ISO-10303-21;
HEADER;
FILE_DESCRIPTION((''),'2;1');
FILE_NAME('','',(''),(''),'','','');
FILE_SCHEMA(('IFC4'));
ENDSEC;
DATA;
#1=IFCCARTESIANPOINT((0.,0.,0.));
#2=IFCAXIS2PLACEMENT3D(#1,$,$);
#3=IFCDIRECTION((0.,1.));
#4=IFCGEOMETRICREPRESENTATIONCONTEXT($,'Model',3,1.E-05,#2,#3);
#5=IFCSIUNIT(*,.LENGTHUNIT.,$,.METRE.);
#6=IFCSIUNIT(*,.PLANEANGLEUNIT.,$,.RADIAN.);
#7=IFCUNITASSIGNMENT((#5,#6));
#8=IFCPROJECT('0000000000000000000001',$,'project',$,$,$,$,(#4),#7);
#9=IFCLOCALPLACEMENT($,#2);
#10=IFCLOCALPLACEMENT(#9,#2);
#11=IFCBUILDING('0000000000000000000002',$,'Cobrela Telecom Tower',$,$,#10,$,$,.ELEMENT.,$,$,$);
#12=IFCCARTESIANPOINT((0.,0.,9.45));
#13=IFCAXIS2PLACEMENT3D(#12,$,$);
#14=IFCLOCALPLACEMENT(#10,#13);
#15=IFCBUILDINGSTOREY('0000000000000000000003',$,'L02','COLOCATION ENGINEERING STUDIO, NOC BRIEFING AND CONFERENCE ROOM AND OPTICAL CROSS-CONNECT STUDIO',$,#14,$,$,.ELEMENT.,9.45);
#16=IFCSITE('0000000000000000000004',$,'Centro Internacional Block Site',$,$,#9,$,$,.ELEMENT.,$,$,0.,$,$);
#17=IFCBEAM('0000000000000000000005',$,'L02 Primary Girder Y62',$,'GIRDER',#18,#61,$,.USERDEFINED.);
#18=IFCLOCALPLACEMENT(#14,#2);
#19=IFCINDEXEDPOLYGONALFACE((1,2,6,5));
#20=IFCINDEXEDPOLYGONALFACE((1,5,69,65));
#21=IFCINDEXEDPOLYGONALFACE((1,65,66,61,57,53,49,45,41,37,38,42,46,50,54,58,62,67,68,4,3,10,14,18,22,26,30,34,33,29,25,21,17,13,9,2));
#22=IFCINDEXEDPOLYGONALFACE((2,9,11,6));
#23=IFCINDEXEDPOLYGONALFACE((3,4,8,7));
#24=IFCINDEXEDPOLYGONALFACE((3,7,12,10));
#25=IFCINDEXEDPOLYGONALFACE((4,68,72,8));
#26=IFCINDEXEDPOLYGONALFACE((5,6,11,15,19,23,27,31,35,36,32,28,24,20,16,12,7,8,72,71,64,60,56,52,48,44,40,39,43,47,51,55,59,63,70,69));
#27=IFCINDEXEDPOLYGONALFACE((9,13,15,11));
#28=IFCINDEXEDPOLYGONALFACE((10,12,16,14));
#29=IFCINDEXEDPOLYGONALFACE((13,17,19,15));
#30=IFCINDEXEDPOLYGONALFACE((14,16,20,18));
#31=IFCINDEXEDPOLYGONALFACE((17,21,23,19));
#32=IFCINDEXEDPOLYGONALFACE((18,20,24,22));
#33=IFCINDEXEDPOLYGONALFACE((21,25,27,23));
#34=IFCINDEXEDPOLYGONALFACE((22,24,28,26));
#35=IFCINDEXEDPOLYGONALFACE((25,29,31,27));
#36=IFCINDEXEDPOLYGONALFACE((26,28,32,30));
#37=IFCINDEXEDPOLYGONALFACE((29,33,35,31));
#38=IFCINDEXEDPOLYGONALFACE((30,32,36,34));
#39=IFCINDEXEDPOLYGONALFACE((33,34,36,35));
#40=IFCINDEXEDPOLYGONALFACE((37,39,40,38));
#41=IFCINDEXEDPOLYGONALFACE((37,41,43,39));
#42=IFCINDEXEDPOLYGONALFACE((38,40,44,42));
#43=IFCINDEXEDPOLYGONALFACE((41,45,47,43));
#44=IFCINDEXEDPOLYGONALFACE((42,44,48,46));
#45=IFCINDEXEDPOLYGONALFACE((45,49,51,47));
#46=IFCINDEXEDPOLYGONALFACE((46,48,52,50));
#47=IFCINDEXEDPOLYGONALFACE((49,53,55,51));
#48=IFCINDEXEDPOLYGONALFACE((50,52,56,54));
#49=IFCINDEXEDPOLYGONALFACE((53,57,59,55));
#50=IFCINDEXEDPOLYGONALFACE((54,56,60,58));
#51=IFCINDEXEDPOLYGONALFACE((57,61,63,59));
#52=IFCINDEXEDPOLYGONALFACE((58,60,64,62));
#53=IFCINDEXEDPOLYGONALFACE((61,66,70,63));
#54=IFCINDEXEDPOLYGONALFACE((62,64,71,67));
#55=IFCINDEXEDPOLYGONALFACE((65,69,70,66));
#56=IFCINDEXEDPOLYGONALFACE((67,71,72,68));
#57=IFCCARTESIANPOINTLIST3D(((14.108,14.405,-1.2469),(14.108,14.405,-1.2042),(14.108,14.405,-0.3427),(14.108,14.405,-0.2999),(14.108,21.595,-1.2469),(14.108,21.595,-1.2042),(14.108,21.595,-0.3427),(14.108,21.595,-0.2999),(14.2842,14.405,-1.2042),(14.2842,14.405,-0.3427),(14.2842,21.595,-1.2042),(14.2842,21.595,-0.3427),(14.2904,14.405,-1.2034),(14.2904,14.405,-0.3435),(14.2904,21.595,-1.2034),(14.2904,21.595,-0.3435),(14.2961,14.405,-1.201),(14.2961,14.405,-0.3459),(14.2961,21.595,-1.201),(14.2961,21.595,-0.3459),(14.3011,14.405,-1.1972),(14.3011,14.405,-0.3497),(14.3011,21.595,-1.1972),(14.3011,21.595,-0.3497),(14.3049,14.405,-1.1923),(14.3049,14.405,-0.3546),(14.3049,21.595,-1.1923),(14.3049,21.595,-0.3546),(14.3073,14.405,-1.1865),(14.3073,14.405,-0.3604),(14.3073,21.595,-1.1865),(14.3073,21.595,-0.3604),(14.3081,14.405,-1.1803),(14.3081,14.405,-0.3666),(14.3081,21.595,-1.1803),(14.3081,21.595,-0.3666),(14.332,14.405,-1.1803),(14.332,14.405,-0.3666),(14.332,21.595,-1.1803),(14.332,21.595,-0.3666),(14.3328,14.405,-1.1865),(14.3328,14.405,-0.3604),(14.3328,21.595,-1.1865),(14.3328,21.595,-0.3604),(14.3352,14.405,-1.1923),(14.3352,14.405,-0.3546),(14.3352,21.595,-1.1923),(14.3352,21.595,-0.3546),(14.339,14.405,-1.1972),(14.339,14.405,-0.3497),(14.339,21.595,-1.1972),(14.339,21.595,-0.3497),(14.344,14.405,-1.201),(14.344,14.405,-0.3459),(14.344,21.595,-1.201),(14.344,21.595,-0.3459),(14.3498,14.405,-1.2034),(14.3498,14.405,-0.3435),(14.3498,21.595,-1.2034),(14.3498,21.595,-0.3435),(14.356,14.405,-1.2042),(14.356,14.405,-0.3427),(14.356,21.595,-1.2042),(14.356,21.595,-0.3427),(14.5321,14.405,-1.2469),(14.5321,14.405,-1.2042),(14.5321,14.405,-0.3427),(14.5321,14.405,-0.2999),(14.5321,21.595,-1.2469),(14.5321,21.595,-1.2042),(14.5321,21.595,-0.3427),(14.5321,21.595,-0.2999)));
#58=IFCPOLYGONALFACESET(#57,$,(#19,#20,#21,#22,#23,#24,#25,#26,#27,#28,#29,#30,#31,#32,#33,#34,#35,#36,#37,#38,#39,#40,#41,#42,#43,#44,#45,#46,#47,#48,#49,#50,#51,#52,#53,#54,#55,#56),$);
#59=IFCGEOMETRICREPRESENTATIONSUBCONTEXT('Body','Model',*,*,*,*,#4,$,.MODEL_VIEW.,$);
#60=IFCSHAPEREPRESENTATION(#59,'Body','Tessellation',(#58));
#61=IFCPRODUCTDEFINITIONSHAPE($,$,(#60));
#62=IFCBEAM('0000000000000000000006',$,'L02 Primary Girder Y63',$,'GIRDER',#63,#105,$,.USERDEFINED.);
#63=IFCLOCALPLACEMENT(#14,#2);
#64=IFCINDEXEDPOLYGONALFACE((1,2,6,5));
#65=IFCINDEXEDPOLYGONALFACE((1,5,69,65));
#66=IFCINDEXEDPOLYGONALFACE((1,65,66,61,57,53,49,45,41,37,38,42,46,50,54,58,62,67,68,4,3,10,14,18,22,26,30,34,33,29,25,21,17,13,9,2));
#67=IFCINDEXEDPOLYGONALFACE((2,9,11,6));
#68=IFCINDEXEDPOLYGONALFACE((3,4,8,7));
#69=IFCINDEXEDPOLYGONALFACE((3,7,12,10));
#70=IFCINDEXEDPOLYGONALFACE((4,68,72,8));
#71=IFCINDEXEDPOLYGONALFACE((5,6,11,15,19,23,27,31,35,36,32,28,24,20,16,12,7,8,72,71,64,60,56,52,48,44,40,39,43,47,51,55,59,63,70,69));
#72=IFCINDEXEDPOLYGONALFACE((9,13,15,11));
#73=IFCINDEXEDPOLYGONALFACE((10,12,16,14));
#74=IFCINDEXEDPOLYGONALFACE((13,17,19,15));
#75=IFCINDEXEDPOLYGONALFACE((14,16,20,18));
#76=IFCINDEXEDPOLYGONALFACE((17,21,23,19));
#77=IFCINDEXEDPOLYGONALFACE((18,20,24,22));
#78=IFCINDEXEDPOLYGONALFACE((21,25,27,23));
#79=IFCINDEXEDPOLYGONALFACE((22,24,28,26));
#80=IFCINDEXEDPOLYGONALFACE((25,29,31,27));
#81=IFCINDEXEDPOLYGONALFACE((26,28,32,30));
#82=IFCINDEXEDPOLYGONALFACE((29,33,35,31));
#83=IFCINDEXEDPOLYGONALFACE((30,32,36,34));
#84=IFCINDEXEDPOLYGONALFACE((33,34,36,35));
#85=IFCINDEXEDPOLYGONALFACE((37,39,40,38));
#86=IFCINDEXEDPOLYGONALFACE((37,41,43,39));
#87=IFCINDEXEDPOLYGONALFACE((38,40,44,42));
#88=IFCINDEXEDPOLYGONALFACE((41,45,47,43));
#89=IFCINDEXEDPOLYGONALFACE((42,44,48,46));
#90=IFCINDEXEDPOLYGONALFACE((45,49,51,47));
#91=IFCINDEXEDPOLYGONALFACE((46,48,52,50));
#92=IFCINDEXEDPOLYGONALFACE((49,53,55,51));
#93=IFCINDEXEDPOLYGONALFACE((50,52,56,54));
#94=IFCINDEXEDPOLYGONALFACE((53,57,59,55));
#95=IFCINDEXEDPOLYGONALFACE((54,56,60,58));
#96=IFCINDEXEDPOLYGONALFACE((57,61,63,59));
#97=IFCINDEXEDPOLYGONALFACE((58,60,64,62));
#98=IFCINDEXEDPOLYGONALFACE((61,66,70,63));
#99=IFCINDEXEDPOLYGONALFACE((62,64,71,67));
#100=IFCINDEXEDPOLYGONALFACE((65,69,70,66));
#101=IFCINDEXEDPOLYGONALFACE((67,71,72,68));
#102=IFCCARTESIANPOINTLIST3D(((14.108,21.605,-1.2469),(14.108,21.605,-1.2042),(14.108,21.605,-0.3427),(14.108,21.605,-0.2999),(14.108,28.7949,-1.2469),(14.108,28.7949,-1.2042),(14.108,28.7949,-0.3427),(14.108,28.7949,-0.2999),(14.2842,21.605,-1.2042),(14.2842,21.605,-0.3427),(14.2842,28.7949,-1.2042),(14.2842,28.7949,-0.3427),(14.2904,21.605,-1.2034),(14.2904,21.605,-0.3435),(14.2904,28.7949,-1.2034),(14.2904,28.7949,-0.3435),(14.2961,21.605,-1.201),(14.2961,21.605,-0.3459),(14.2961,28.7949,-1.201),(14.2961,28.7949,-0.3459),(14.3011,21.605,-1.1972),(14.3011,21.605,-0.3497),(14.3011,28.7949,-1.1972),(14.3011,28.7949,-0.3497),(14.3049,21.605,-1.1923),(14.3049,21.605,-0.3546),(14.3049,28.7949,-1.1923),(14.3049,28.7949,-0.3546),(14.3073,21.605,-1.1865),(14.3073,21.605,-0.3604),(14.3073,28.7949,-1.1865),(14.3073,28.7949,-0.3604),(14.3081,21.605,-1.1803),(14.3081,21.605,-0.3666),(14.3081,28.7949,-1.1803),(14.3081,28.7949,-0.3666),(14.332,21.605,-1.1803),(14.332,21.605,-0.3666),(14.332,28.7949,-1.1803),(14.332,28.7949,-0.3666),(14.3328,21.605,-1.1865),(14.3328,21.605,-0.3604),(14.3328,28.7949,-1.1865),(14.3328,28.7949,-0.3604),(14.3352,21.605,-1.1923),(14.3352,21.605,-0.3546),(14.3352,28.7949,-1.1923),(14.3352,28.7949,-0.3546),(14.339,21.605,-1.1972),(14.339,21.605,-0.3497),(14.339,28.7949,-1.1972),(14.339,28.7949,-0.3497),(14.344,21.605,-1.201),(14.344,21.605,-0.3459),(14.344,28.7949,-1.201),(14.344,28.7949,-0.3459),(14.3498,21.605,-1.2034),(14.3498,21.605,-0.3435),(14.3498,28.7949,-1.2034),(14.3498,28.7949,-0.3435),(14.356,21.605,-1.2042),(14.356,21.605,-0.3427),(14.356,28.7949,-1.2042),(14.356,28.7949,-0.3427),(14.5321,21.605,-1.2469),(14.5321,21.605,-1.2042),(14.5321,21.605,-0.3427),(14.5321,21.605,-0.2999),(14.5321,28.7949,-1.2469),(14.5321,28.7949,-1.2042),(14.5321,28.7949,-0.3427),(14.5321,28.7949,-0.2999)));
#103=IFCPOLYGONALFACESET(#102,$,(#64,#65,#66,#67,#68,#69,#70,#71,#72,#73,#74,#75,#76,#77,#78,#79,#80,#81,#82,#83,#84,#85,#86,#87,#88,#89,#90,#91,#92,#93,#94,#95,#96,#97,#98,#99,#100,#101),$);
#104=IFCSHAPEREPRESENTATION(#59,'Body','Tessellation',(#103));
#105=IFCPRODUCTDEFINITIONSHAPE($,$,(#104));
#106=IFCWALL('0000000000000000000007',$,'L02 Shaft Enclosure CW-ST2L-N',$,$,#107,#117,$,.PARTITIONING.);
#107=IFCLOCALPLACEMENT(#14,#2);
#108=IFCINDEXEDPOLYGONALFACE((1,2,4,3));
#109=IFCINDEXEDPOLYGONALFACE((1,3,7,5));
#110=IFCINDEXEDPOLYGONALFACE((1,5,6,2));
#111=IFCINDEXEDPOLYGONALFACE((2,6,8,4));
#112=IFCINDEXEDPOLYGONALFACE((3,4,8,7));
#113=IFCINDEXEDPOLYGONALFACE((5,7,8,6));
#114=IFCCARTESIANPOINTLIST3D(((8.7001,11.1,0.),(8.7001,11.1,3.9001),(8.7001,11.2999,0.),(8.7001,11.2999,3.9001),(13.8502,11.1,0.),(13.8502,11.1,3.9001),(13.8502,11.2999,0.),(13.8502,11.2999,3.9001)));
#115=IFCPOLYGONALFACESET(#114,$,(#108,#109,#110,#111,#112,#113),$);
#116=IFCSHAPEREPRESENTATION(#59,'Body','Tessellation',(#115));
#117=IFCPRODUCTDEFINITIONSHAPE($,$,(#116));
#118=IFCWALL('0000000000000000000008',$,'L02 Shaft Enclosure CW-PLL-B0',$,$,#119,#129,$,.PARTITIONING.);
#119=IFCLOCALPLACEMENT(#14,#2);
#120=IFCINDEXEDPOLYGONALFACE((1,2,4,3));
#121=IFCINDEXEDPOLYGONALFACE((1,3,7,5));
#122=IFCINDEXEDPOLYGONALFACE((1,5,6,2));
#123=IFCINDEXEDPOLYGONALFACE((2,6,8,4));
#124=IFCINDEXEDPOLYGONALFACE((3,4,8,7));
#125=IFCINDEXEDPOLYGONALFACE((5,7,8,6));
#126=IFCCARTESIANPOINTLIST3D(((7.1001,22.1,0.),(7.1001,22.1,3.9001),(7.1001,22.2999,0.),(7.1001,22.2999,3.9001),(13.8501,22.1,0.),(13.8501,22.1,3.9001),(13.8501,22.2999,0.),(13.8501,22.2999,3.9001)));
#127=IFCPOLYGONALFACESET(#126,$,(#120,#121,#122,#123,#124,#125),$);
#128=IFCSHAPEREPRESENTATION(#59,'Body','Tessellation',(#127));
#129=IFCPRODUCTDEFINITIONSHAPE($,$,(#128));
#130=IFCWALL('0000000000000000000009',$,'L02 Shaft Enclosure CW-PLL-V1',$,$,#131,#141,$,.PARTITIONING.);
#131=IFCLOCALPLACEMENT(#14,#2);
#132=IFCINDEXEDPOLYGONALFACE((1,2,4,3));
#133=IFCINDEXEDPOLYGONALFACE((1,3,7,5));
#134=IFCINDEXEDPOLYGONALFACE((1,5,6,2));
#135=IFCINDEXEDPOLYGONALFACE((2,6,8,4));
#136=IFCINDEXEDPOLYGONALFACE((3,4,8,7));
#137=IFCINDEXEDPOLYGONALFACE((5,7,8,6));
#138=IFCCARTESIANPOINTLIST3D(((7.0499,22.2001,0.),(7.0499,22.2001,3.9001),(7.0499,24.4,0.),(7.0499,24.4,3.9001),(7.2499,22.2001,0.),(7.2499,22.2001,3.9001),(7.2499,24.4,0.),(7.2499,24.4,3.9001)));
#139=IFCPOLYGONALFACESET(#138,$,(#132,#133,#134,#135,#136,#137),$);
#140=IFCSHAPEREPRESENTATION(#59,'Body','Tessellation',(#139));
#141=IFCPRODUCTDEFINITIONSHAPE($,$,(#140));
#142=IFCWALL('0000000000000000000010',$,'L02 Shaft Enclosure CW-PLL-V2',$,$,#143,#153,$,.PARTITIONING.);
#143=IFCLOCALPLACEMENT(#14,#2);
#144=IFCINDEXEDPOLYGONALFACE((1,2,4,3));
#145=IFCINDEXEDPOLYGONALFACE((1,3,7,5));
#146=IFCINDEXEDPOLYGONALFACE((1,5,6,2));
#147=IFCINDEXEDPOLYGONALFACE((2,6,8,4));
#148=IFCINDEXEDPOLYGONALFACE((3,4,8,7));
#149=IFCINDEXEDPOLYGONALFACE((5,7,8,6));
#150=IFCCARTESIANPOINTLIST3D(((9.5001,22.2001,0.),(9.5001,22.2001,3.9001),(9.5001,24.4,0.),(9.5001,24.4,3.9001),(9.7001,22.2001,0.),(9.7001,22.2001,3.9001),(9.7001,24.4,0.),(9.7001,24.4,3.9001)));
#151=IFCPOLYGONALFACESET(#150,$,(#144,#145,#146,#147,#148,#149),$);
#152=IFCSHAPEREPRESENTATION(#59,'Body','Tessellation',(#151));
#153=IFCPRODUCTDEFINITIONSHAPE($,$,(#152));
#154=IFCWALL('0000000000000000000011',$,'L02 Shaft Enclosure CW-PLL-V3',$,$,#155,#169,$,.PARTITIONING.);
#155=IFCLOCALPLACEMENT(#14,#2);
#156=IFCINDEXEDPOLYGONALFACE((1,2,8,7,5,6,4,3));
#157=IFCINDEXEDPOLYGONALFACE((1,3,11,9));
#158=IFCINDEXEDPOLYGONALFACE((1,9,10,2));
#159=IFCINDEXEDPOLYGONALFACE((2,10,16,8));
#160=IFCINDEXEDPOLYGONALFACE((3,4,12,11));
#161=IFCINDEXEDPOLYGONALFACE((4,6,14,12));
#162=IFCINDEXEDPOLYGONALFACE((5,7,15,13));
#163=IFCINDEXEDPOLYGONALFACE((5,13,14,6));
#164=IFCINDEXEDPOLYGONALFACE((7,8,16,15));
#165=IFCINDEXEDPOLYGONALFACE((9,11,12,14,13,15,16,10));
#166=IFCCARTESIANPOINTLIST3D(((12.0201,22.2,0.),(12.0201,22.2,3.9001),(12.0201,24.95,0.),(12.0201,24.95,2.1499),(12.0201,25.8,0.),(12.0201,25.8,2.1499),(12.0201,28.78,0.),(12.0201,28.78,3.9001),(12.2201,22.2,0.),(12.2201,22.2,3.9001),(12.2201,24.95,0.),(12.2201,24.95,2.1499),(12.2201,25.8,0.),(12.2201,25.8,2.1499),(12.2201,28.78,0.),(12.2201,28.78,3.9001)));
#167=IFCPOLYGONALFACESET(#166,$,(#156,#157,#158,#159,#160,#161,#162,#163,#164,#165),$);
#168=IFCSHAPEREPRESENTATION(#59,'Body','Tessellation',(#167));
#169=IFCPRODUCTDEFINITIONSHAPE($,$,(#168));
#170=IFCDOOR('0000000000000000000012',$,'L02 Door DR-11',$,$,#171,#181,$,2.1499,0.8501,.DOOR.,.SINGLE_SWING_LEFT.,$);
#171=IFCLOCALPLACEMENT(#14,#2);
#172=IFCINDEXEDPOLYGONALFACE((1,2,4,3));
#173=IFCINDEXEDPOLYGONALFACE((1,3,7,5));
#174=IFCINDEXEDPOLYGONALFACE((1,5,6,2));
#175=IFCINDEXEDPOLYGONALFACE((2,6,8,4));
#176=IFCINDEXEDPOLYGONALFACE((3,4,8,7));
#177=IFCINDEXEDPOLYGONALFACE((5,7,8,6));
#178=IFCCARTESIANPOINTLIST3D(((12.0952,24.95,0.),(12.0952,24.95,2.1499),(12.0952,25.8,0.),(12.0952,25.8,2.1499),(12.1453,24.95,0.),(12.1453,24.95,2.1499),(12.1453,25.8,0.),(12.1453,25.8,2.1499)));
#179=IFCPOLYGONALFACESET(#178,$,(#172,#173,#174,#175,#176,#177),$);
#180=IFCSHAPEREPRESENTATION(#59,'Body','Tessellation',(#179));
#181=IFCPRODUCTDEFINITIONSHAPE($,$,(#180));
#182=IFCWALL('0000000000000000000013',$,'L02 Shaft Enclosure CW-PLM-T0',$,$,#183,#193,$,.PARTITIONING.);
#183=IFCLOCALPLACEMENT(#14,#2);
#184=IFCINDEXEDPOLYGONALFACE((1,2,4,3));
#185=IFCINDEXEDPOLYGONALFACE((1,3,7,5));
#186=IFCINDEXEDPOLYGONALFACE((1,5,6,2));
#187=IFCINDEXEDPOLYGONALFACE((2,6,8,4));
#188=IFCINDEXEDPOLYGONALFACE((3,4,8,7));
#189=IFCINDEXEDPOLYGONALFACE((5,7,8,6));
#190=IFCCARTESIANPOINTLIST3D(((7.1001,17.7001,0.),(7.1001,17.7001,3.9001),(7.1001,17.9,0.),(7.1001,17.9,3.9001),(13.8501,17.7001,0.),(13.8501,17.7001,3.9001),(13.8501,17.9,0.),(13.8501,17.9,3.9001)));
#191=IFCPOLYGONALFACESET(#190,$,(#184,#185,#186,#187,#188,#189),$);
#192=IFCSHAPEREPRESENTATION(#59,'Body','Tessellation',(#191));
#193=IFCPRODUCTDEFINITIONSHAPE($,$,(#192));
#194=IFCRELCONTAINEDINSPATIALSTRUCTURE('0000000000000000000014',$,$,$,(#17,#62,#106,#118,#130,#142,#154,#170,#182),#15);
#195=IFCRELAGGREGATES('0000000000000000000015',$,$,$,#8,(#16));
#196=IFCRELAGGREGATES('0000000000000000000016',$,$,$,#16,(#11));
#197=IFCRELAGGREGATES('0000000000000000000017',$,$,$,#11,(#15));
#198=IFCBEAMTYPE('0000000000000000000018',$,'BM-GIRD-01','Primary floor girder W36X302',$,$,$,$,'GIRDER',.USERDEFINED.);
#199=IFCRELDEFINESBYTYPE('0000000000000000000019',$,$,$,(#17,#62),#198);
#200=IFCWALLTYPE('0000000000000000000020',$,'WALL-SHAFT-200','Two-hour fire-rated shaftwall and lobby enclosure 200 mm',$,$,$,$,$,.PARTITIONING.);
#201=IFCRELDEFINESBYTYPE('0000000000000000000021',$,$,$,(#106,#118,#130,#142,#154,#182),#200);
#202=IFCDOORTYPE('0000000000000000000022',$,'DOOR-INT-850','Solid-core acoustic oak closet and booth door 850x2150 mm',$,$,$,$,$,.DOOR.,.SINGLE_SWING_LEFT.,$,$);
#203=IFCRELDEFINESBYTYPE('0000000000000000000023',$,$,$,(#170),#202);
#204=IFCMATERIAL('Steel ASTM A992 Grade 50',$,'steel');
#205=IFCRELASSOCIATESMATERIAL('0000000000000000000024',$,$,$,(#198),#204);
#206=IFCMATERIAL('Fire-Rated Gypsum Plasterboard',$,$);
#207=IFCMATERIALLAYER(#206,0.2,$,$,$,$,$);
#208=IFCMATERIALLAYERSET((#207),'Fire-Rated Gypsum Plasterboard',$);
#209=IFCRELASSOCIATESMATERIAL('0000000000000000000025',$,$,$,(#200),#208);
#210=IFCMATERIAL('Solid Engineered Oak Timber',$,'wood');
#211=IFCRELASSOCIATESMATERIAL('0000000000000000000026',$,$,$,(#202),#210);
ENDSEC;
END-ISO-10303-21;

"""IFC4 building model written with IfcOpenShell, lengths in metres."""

from ifc_helpers import new_model, si_unit, direction, frame, frame_2d, origin, origin_2d, place, context, subcontext, project, spatial, rectangle, i_section, extrude, material, layer, layer_set, material_profile, profile_set, type_object, element, fill, save


model = new_model("IFC4")

# Units and contexts
model_context = context("Model", 3, precision=1e-05, world=origin(), true_north=direction((0.0, 1.0)))
body_context = subcontext(model_context, "Body", "Model", "MODEL_VIEW")
ifc_project = project(units=[si_unit("LENGTHUNIT", "METRE"), si_unit("PLANEANGLEUNIT", "RADIAN")], contexts=[model_context])

# Site, building, storey
site_placement = place(None, origin())
site = spatial("IfcSite", under=ifc_project, at=site_placement, Name="Centro Internacional Block Site", CompositionType="ELEMENT", RefElevation=0.0)
building_placement = place(site_placement, origin())
building = spatial("IfcBuilding", under=site, at=building_placement, Name="Cobrela Telecom Tower", CompositionType="ELEMENT")
storey_placement = place(building_placement, frame((0.0, 0.0, 9.45)))
storey = spatial("IfcBuildingStorey", under=building, at=storey_placement, Name="L02", Description="COLOCATION ENGINEERING STUDIO, NOC BRIEFING AND CONFERENCE ROOM AND OPTICAL CROSS-CONNECT STUDIO", CompositionType="ELEMENT", Elevation=9.45)

# Beams
ifc_material_1 = material(Name="Steel ASTM A992 Grade 50", Category="steel")
ifc_material_profile = material_profile(ifc_material_1, i_section(OverallWidth=0.4241, OverallDepth=0.947, WebThickness=0.0239, FlangeThickness=0.0427, FilletRadius=0.0239, at=origin_2d()), Name="W36X302")
ifc_profile_set = profile_set([ifc_material_profile], Name="Steel ASTM A992 Grade 50")
beam_type = type_object("IfcBeamType", Name="BM-GIRD-01", Description="Primary floor girder W36X302", ElementType="GIRDER", PredefinedType="USERDEFINED", material=ifc_profile_set)
for number, where, z_axis, x_axis, name in (
    (1, (14.3201, 14.405, -0.7734), (0.0, 1.0, 0.0), (-1.0, 0.0, 0.0), "L02 Primary Girder Y62"),
    (2, (14.3201, 21.605, -0.7734), (0.0, 1.0, 0.0), (-1.0, 0.0, 0.0), "L02 Primary Girder Y63"),
):
    element("IfcBeam", number, at=place(storey_placement, frame(where, z_axis=z_axis, x_axis=x_axis)), inside=storey, type_object=beam_type, Name=name, ObjectType="GIRDER", PredefinedType="USERDEFINED", context=body_context, shape_type="SweptSolid", body=[
        extrude(i_section(OverallWidth=0.4241, OverallDepth=0.947, WebThickness=0.0239, FlangeThickness=0.0427, FilletRadius=0.0239, at=origin_2d()), origin(), (0.0, 0.0, 1.0), 7.1899),
    ])

# Walls
ifc_material_2 = material(Name="Fire-Rated Gypsum Plasterboard")
ifc_layer = layer(ifc_material_2, 0.2)
ifc_layer_set = layer_set([ifc_layer], Name="Fire-Rated Gypsum Plasterboard")
wall_type = type_object("IfcWallType", Name="WALL-SHAFT-200", Description="Two-hour fire-rated shaftwall and lobby enclosure 200 mm", PredefinedType="PARTITIONING", material=ifc_layer_set)
wall_1_placement = place(storey_placement, frame((8.7, 11.2, 0.0), z_axis=(0.0, 0.0, 1.0), x_axis=(1.0, 0.0, 0.0)))
element("IfcWall", 3, at=wall_1_placement, inside=storey, type_object=wall_type, Name="L02 Shaft Enclosure CW-ST2L-N", PredefinedType="PARTITIONING", context=body_context, shape_type="SweptSolid", body=[
    extrude(rectangle(XDim=5.1501, YDim=0.2, at=frame_2d((2.5752, 0.0))), origin(), (0.0, 0.0, 1.0), 3.9001),
])
wall_2_placement = place(storey_placement, frame((7.1001, 22.2, 0.0), z_axis=(0.0, 0.0, 1.0), x_axis=(1.0, 0.0, 0.0)))
element("IfcWall", 4, at=wall_2_placement, inside=storey, type_object=wall_type, Name="L02 Shaft Enclosure CW-PLL-B0", PredefinedType="PARTITIONING", context=body_context, shape_type="SweptSolid", body=[
    extrude(rectangle(XDim=6.75, YDim=0.2, at=frame_2d((3.375, 0.0))), origin(), (0.0, 0.0, 1.0), 3.9001),
])
for number, where, z_axis, x_axis, name in (
    (5, (7.1499, 22.2, 0.0), (0.0, 0.0, 1.0), (0.0, 1.0, 0.0), "L02 Shaft Enclosure CW-PLL-V1"),
    (6, (9.6001, 22.2, 0.0), (0.0, 0.0, 1.0), (0.0, 1.0, 0.0), "L02 Shaft Enclosure CW-PLL-V2"),
):
    element("IfcWall", number, at=place(storey_placement, frame(where, z_axis=z_axis, x_axis=x_axis)), inside=storey, type_object=wall_type, Name=name, PredefinedType="PARTITIONING", context=body_context, shape_type="SweptSolid", body=[
        extrude(rectangle(XDim=2.2, YDim=0.2, at=frame_2d((1.1001, 0.0))), origin(), (0.0, 0.0, 1.0), 3.9001),
    ])

# Wall, opening, door
wall_3_placement = place(storey_placement, frame((12.1201, 22.2, 0.0), z_axis=(0.0, 0.0, 1.0), x_axis=(0.0, 1.0, 0.0)))
wall_3 = element("IfcWall", 7, at=wall_3_placement, inside=storey, type_object=wall_type, Name="L02 Shaft Enclosure CW-PLL-V3", PredefinedType="PARTITIONING", context=body_context, shape_type="SweptSolid", body=[
    extrude(rectangle(XDim=6.5801, YDim=0.2, at=frame_2d((3.29, 0.0))), origin(), (0.0, 0.0, 1.0), 3.9001),
])
opening_1_placement = place(wall_3_placement, frame((2.75, 0.0, 0.0)))
opening_1 = element("IfcOpeningElement", 8, at=opening_1_placement, cuts=wall_3, PredefinedType="OPENING", context=body_context, shape_type="SweptSolid", body=[
    extrude(rectangle(XDim=0.8501, YDim=2.1499, at=frame_2d((0.425, 1.075))), frame((0.0, 0.1118, 0.0), z_axis=(0.0, -1.0, 0.0), x_axis=(1.0, 0.0, 0.0)), (0.0, 0.0, 1.0), 0.2239),
])
ifc_material_3 = material(Name="Solid Engineered Oak Timber", Category="wood")
door_type = type_object("IfcDoorType", Name="DOOR-INT-850", Description="Solid-core acoustic oak closet and booth door 850x2150 mm", OperationType="SINGLE_SWING_LEFT", PredefinedType="DOOR", material=ifc_material_3)
door_1_placement = place(opening_1_placement, origin())
door_1 = element("IfcDoor", 9, at=door_1_placement, inside=storey, type_object=door_type, Name="L02 Door DR-11", OperationType="SINGLE_SWING_LEFT", OverallHeight=2.1499, OverallWidth=0.8501, PredefinedType="DOOR", context=body_context, shape_type="SweptSolid", body=[
    extrude(rectangle(XDim=0.8501, YDim=2.1499, at=frame_2d((0.425, 1.075))), frame((0.0, 0.0249, 0.0), z_axis=(0.0, -1.0, 0.0), x_axis=(1.0, 0.0, 0.0)), (0.0, 0.0, 1.0), 0.05),
])
fill(opening_1, door_1)

# Wall
wall_4_placement = place(storey_placement, frame((7.1001, 17.8, 0.0), z_axis=(0.0, 0.0, 1.0), x_axis=(1.0, 0.0, 0.0)))
element("IfcWall", 10, at=wall_4_placement, inside=storey, type_object=wall_type, Name="L02 Shaft Enclosure CW-PLM-T0", PredefinedType="PARTITIONING", context=body_context, shape_type="SweptSolid", body=[
    extrude(rectangle(XDim=6.75, YDim=0.2, at=frame_2d((3.375, 0.0))), origin(), (0.0, 0.0, 1.0), 3.9001),
])

save(model, "model.ifc")
